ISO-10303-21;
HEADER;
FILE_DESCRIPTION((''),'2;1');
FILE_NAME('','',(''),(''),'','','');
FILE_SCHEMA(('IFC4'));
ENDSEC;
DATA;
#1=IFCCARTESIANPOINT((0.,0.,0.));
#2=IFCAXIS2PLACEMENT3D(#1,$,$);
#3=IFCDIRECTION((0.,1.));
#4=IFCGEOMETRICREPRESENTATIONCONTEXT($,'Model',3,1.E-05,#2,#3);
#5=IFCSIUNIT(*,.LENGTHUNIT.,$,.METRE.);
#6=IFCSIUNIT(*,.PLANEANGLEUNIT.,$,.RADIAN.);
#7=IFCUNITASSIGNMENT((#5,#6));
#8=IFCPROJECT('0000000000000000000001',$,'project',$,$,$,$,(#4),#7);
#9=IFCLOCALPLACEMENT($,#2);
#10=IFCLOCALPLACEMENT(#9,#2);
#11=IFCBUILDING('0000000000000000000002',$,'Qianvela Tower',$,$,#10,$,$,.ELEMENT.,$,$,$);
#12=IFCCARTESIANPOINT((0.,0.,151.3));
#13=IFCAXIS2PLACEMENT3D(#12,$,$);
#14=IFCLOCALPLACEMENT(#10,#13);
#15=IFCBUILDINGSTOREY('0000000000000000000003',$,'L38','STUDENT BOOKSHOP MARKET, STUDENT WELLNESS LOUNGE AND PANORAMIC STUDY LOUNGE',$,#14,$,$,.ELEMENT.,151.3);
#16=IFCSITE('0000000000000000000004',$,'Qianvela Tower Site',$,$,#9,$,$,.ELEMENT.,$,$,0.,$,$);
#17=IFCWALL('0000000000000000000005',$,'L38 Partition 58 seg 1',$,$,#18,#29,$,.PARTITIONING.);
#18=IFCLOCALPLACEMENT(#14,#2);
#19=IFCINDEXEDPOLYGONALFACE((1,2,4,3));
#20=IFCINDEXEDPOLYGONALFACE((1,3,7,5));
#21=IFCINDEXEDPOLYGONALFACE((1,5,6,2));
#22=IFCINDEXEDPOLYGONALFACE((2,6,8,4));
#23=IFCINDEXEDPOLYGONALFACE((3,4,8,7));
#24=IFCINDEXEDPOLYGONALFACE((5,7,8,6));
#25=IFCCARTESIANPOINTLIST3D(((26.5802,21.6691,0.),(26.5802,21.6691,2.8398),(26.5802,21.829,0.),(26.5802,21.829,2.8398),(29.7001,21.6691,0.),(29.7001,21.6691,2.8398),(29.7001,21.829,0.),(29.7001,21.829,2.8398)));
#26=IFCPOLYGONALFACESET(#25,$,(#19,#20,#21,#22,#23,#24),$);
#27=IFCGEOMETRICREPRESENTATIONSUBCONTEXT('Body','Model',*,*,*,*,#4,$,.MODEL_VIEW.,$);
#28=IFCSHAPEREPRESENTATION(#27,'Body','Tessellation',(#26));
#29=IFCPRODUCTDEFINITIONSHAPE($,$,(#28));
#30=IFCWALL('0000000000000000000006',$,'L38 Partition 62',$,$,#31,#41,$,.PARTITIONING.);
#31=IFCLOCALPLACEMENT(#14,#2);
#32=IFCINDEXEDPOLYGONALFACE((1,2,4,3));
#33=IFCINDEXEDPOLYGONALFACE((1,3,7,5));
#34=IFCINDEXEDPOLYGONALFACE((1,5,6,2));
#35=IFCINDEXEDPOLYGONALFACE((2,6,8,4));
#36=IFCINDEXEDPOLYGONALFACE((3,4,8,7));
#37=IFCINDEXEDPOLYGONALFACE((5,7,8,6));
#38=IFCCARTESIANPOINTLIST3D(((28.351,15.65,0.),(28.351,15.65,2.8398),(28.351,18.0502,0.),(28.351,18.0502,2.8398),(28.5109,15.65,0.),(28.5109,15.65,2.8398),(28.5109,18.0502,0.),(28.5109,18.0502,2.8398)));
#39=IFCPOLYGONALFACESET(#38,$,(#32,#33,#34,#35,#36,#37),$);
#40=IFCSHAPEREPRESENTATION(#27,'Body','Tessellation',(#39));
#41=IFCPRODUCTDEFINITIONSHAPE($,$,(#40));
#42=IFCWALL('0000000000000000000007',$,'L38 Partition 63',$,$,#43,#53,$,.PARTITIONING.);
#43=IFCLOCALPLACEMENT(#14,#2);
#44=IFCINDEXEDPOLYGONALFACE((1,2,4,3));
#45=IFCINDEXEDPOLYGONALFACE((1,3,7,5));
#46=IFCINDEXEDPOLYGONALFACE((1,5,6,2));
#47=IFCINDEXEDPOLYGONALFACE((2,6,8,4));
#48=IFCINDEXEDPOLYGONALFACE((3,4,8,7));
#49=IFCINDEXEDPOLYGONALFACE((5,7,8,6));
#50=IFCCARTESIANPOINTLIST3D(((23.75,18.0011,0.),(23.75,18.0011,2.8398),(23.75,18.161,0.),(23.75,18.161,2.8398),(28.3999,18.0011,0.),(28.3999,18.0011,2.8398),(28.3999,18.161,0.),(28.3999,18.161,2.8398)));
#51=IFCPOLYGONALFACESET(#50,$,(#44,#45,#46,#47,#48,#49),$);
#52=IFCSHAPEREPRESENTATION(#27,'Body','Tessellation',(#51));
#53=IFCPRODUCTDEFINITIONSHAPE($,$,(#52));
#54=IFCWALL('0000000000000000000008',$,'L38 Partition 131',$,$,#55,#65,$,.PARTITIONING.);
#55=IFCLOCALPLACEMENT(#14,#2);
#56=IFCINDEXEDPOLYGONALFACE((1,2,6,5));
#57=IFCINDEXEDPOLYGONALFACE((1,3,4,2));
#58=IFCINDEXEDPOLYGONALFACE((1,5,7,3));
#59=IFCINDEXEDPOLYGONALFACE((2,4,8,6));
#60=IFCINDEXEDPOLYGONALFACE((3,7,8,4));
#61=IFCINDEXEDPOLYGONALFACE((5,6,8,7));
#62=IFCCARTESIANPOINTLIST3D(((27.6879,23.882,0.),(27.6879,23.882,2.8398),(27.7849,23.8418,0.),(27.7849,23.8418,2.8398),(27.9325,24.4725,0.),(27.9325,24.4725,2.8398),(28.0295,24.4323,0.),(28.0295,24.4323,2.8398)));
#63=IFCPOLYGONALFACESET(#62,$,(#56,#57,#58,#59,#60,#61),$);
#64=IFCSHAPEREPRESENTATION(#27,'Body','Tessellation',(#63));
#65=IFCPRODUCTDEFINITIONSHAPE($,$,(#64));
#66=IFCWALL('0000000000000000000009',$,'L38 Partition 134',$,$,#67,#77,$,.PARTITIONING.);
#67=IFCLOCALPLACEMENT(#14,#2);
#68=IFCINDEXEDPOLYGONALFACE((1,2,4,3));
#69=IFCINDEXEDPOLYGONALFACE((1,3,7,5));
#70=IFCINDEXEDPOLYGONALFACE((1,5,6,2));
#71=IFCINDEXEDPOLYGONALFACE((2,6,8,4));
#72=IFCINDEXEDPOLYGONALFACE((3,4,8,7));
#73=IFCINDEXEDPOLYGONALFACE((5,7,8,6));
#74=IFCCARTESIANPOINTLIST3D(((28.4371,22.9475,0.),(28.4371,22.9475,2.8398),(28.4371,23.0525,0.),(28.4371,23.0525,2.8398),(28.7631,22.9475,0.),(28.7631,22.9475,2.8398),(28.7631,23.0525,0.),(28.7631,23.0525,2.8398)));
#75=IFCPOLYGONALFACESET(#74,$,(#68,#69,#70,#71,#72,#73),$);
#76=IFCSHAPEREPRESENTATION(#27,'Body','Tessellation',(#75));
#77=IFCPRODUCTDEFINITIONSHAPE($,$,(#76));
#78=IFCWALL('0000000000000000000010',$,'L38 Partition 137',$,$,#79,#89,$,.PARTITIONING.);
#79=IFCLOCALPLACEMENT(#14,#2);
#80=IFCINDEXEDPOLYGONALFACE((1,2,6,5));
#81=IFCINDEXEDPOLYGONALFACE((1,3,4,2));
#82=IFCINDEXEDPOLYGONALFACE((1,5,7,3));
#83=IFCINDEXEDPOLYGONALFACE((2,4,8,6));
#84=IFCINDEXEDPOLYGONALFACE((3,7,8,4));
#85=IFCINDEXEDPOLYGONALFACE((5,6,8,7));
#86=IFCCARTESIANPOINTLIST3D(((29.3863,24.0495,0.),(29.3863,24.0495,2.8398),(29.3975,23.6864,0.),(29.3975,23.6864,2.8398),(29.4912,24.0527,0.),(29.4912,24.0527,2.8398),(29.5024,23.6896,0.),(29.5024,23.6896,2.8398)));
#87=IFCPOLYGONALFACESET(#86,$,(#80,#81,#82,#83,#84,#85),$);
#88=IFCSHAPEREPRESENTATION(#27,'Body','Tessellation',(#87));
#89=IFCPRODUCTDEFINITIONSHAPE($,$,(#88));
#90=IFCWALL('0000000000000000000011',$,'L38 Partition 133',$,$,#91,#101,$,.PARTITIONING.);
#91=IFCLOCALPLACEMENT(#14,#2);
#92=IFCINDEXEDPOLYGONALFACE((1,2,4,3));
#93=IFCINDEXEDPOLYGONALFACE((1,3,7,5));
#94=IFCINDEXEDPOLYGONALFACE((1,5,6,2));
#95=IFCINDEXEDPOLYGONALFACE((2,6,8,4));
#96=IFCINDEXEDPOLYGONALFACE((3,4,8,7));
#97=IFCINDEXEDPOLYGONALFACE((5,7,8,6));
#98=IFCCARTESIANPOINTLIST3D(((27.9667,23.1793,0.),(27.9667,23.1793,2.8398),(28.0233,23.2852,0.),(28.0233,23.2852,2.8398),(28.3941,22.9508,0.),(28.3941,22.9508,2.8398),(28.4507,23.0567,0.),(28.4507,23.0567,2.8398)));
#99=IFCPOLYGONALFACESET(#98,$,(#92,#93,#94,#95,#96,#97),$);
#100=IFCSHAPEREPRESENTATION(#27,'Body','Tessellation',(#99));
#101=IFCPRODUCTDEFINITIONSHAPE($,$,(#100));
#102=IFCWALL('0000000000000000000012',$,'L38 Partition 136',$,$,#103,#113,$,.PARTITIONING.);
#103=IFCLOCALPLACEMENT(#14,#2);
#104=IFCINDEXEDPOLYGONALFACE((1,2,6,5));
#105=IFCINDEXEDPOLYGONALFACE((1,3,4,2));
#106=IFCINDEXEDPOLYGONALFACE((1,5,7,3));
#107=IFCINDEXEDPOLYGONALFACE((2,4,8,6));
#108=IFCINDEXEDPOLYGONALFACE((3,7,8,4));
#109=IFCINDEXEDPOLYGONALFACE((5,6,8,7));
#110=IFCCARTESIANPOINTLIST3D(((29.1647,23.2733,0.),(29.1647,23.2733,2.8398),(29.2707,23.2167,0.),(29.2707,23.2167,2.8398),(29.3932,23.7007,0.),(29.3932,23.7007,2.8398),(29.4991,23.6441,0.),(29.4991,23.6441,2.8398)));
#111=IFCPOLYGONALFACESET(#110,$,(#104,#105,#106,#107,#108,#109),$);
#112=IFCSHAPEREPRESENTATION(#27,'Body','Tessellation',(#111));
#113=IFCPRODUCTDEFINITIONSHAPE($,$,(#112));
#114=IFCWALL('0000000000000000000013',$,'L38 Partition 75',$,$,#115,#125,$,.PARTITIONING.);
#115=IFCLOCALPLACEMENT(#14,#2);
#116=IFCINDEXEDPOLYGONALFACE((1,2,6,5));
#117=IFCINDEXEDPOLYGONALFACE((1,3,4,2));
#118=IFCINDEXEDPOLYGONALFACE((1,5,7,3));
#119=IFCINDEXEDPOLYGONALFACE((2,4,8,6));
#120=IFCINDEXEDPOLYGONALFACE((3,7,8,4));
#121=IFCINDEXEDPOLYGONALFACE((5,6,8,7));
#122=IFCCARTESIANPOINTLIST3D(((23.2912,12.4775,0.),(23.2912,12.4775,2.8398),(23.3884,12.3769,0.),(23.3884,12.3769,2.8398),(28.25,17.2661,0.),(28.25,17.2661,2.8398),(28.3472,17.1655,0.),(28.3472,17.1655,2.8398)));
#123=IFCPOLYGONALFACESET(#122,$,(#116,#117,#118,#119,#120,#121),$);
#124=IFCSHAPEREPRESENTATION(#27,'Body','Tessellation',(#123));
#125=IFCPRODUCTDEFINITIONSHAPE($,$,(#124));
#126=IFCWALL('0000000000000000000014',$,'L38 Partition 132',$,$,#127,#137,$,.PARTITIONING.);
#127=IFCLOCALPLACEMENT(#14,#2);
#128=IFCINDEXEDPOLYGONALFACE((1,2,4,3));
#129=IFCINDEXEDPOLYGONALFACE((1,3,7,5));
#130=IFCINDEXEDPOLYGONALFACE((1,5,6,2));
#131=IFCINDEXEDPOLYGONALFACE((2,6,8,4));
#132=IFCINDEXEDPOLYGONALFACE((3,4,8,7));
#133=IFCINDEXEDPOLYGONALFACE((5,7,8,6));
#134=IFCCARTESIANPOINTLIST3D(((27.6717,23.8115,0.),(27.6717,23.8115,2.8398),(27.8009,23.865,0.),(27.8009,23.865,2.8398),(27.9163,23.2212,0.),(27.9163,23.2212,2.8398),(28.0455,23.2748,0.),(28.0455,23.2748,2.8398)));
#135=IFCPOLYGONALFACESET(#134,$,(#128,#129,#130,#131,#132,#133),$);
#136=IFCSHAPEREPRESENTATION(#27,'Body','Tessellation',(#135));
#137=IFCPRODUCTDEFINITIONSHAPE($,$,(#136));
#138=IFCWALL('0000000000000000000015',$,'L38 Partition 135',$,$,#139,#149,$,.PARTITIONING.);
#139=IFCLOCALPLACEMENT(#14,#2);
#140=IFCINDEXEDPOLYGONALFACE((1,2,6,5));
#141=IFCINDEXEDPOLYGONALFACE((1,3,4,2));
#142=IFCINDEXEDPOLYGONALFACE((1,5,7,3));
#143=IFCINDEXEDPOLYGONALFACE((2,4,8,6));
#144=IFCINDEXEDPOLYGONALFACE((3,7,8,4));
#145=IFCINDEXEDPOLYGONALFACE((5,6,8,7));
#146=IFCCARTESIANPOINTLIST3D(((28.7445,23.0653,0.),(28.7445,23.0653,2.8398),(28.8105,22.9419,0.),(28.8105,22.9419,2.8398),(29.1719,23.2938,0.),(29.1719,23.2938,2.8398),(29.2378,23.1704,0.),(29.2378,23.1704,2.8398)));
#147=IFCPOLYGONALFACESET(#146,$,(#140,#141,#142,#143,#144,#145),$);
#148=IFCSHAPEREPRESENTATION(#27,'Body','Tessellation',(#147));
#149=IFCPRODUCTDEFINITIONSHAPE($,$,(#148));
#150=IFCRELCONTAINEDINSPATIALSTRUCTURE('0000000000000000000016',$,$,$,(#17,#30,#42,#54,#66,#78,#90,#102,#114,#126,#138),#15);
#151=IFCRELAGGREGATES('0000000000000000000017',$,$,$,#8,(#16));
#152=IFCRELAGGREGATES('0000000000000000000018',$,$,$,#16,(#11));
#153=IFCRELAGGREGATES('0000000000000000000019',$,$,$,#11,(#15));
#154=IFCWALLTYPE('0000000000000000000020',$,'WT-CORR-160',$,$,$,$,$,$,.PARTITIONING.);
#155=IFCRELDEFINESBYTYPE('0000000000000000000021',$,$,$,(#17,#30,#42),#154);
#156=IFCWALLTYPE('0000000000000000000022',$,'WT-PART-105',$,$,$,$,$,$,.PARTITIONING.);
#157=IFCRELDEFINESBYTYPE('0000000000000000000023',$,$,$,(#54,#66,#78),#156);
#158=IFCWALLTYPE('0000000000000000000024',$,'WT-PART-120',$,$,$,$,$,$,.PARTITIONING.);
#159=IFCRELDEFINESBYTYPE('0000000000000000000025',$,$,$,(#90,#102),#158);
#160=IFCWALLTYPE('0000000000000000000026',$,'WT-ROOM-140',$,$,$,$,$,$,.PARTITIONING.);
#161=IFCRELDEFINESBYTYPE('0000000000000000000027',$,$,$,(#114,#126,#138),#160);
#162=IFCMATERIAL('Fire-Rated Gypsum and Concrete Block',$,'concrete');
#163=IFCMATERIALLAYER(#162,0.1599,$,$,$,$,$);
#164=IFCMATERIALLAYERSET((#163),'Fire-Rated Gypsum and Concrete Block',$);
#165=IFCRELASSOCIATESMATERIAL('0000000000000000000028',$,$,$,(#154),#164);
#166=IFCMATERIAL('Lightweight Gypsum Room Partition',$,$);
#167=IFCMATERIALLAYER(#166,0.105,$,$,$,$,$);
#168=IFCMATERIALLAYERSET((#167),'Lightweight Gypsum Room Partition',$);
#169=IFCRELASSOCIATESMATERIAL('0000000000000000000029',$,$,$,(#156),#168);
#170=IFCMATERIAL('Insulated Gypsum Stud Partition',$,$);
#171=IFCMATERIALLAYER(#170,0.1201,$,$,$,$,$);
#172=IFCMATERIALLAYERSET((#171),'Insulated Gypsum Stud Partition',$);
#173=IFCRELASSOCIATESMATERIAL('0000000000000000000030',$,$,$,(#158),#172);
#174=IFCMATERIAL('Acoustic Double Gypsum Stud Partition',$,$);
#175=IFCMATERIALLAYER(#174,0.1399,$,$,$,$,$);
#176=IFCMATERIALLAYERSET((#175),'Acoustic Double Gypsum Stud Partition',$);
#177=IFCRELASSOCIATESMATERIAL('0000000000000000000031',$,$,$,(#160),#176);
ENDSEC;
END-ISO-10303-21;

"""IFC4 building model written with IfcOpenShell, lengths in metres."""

from ifc_helpers import new_model, si_unit, direction, frame, frame_2d, origin, place, context, subcontext, project, spatial, rectangle, extrude, material, layer, layer_set, type_object, element, save


model = new_model("IFC4")

# Units and contexts
model_context = context("Model", 3, precision=1e-05, world=origin(), true_north=direction((0.0, 1.0)))
body_context = subcontext(model_context, "Body", "Model", "MODEL_VIEW")
ifc_project = project(units=[si_unit("LENGTHUNIT", "METRE"), si_unit("PLANEANGLEUNIT", "RADIAN")], contexts=[model_context])

# Site, building, storey
site_placement = place(None, origin())
site = spatial("IfcSite", under=ifc_project, at=site_placement, Name="Qianvela Tower Site", CompositionType="ELEMENT", RefElevation=0.0)
building_placement = place(site_placement, origin())
building = spatial("IfcBuilding", under=site, at=building_placement, Name="Qianvela Tower", CompositionType="ELEMENT")
storey_placement = place(building_placement, frame((0.0, 0.0, 151.3)))
storey = spatial("IfcBuildingStorey", under=building, at=storey_placement, Name="L38", Description="STUDENT BOOKSHOP MARKET, STUDENT WELLNESS LOUNGE AND PANORAMIC STUDY LOUNGE", CompositionType="ELEMENT", Elevation=151.3)

# Walls
ifc_material_1 = material(Name="Fire-Rated Gypsum and Concrete Block", Category="concrete")
ifc_layer_1 = layer(ifc_material_1, 0.1599)
ifc_layer_set_1 = layer_set([ifc_layer_1], Name="Fire-Rated Gypsum and Concrete Block")
wall_type_1 = type_object("IfcWallType", Name="WT-CORR-160", PredefinedType="PARTITIONING", material=ifc_layer_set_1)
wall_1_placement = place(storey_placement, frame((26.5801, 21.749, 0.0), z_axis=(0.0, 0.0, 1.0), x_axis=(1.0, 0.0, 0.0)))
element("IfcWall", 1, at=wall_1_placement, inside=storey, type_object=wall_type_1, Name="L38 Partition 58 seg 1", PredefinedType="PARTITIONING", context=body_context, shape_type="SweptSolid", body=[
    extrude(rectangle(XDim=3.1199, YDim=0.1599, at=frame_2d((1.5601, 0.0))), origin(), (0.0, 0.0, 1.0), 2.8398),
])
wall_2_placement = place(storey_placement, frame((28.4309, 15.6499, 0.0), z_axis=(0.0, 0.0, 1.0), x_axis=(0.0, 1.0, 0.0)))
element("IfcWall", 2, at=wall_2_placement, inside=storey, type_object=wall_type_1, Name="L38 Partition 62", PredefinedType="PARTITIONING", context=body_context, shape_type="SweptSolid", body=[
    extrude(rectangle(XDim=2.4001, YDim=0.1599, at=frame_2d((1.2002, 0.0))), origin(), (0.0, 0.0, 1.0), 2.8398),
])
wall_3_placement = place(storey_placement, frame((28.3999, 18.0811, 0.0), z_axis=(0.0, 0.0, 1.0), x_axis=(-1.0, 0.0, 0.0)))
element("IfcWall", 3, at=wall_3_placement, inside=storey, type_object=wall_type_1, Name="L38 Partition 63", PredefinedType="PARTITIONING", context=body_context, shape_type="SweptSolid", body=[
    extrude(rectangle(XDim=4.6499, YDim=0.1599, at=frame_2d((2.325, 0.0))), origin(), (0.0, 0.0, 1.0), 2.8398),
])
ifc_material_2 = material(Name="Lightweight Gypsum Room Partition")
ifc_layer_2 = layer(ifc_material_2, 0.105)
ifc_layer_set_2 = layer_set([ifc_layer_2], Name="Lightweight Gypsum Room Partition")
wall_type_2 = type_object("IfcWallType", Name="WT-PART-105", PredefinedType="PARTITIONING", material=ifc_layer_set_2)
wall_4_placement = place(storey_placement, frame((27.981, 24.4524, 0.0), z_axis=(0.0, 0.0, 1.0), x_axis=(-0.382689, -0.923877, 0.0)))
element("IfcWall", 4, at=wall_4_placement, inside=storey, type_object=wall_type_2, Name="L38 Partition 131", PredefinedType="PARTITIONING", context=body_context, shape_type="SweptSolid", body=[
    extrude(rectangle(XDim=0.6392, YDim=0.105, at=frame_2d((0.3196, 0.0))), origin(), (0.0, 0.0, 1.0), 2.8398),
])
wall_5_placement = place(storey_placement, frame((28.437, 23.0, 0.0), z_axis=(0.0, 0.0, 1.0), x_axis=(1.0, 0.0, 0.0)))
element("IfcWall", 5, at=wall_5_placement, inside=storey, type_object=wall_type_2, Name="L38 Partition 134", PredefinedType="PARTITIONING", context=body_context, shape_type="SweptSolid", body=[
    extrude(rectangle(XDim=0.3259, YDim=0.105, at=frame_2d((0.1631, 0.0))), origin(), (0.0, 0.0, 1.0), 2.8398),
])
wall_6_placement = place(storey_placement, frame((29.45, 23.688, 0.0), z_axis=(0.0, 0.0, 1.0), x_axis=(-0.03092, 0.999522, 0.0)))
element("IfcWall", 6, at=wall_6_placement, inside=storey, type_object=wall_type_2, Name="L38 Partition 137", PredefinedType="PARTITIONING", context=body_context, shape_type="SweptSolid", body=[
    extrude(rectangle(XDim=0.3633, YDim=0.105, at=frame_2d((0.1816, 0.0))), origin(), (0.0, 0.0, 1.0), 2.8398),
])
ifc_material_3 = material(Name="Insulated Gypsum Stud Partition")
ifc_layer_3 = layer(ifc_material_3, 0.1201)
ifc_layer_set_3 = layer_set([ifc_layer_3], Name="Insulated Gypsum Stud Partition")
wall_type_3 = type_object("IfcWallType", Name="WT-PART-120", PredefinedType="PARTITIONING", material=ifc_layer_set_3)
for number, where, z_axis, x_axis, name in (
    (7, (27.9951, 23.2322, 0.0), (0.0, 0.0, 1.0), (0.881906, -0.471425, 0.0), "L38 Partition 133"),
    (8, (29.2178, 23.2451, 0.0), (0.0, 0.0, 1.0), (0.471425, 0.881906, 0.0), "L38 Partition 136"),
):
    element("IfcWall", number, at=place(storey_placement, frame(where, z_axis=z_axis, x_axis=x_axis)), inside=storey, type_object=wall_type_3, Name=name, PredefinedType="PARTITIONING", context=body_context, shape_type="SweptSolid", body=[
        extrude(rectangle(XDim=0.4846, YDim=0.1201, at=frame_2d((0.2422, 0.0))), origin(), (0.0, 0.0, 1.0), 2.8398),
    ])
ifc_material_4 = material(Name="Acoustic Double Gypsum Stud Partition")
ifc_layer_4 = layer(ifc_material_4, 0.1399)
ifc_layer_set_4 = layer_set([ifc_layer_4], Name="Acoustic Double Gypsum Stud Partition")
wall_type_4 = type_object("IfcWallType", Name="WT-ROOM-140", PredefinedType="PARTITIONING", material=ifc_layer_set_4)
wall_7_placement = place(storey_placement, frame((28.2986, 17.2158, 0.0), z_axis=(0.0, 0.0, 1.0), x_axis=(-0.719342, -0.694656, 0.0)))
element("IfcWall", 9, at=wall_7_placement, inside=storey, type_object=wall_type_4, Name="L38 Partition 75", PredefinedType="PARTITIONING", context=body_context, shape_type="SweptSolid", body=[
    extrude(rectangle(XDim=6.8936, YDim=0.1399, at=frame_2d((3.4468, 0.0))), origin(), (0.0, 0.0, 1.0), 2.8398),
])
wall_8_placement = place(storey_placement, frame((27.7363, 23.8381, 0.0), z_axis=(0.0, 0.0, 1.0), x_axis=(0.382824, -0.923821, 0.0)))
element("IfcWall", 10, at=wall_8_placement, inside=storey, type_object=wall_type_4, Name="L38 Partition 132", PredefinedType="PARTITIONING", context=body_context, shape_type="SweptSolid", body=[
    extrude(rectangle(XDim=0.6389, YDim=0.1399, at=frame_2d((0.3193, 0.0))), origin(), (0.0, 0.0, 1.0), 2.8398),
])
wall_9_placement = place(storey_placement, frame((28.7776, 23.0037, 0.0), z_axis=(0.0, 0.0, 1.0), x_axis=(0.881906, 0.471425, 0.0)))
element("IfcWall", 11, at=wall_9_placement, inside=storey, type_object=wall_type_4, Name="L38 Partition 135", PredefinedType="PARTITIONING", context=body_context, shape_type="SweptSolid", body=[
    extrude(rectangle(XDim=0.4846, YDim=0.1399, at=frame_2d((0.2422, 0.0))), origin(), (0.0, 0.0, 1.0), 2.8398),
])

save(model, "model.ifc")
